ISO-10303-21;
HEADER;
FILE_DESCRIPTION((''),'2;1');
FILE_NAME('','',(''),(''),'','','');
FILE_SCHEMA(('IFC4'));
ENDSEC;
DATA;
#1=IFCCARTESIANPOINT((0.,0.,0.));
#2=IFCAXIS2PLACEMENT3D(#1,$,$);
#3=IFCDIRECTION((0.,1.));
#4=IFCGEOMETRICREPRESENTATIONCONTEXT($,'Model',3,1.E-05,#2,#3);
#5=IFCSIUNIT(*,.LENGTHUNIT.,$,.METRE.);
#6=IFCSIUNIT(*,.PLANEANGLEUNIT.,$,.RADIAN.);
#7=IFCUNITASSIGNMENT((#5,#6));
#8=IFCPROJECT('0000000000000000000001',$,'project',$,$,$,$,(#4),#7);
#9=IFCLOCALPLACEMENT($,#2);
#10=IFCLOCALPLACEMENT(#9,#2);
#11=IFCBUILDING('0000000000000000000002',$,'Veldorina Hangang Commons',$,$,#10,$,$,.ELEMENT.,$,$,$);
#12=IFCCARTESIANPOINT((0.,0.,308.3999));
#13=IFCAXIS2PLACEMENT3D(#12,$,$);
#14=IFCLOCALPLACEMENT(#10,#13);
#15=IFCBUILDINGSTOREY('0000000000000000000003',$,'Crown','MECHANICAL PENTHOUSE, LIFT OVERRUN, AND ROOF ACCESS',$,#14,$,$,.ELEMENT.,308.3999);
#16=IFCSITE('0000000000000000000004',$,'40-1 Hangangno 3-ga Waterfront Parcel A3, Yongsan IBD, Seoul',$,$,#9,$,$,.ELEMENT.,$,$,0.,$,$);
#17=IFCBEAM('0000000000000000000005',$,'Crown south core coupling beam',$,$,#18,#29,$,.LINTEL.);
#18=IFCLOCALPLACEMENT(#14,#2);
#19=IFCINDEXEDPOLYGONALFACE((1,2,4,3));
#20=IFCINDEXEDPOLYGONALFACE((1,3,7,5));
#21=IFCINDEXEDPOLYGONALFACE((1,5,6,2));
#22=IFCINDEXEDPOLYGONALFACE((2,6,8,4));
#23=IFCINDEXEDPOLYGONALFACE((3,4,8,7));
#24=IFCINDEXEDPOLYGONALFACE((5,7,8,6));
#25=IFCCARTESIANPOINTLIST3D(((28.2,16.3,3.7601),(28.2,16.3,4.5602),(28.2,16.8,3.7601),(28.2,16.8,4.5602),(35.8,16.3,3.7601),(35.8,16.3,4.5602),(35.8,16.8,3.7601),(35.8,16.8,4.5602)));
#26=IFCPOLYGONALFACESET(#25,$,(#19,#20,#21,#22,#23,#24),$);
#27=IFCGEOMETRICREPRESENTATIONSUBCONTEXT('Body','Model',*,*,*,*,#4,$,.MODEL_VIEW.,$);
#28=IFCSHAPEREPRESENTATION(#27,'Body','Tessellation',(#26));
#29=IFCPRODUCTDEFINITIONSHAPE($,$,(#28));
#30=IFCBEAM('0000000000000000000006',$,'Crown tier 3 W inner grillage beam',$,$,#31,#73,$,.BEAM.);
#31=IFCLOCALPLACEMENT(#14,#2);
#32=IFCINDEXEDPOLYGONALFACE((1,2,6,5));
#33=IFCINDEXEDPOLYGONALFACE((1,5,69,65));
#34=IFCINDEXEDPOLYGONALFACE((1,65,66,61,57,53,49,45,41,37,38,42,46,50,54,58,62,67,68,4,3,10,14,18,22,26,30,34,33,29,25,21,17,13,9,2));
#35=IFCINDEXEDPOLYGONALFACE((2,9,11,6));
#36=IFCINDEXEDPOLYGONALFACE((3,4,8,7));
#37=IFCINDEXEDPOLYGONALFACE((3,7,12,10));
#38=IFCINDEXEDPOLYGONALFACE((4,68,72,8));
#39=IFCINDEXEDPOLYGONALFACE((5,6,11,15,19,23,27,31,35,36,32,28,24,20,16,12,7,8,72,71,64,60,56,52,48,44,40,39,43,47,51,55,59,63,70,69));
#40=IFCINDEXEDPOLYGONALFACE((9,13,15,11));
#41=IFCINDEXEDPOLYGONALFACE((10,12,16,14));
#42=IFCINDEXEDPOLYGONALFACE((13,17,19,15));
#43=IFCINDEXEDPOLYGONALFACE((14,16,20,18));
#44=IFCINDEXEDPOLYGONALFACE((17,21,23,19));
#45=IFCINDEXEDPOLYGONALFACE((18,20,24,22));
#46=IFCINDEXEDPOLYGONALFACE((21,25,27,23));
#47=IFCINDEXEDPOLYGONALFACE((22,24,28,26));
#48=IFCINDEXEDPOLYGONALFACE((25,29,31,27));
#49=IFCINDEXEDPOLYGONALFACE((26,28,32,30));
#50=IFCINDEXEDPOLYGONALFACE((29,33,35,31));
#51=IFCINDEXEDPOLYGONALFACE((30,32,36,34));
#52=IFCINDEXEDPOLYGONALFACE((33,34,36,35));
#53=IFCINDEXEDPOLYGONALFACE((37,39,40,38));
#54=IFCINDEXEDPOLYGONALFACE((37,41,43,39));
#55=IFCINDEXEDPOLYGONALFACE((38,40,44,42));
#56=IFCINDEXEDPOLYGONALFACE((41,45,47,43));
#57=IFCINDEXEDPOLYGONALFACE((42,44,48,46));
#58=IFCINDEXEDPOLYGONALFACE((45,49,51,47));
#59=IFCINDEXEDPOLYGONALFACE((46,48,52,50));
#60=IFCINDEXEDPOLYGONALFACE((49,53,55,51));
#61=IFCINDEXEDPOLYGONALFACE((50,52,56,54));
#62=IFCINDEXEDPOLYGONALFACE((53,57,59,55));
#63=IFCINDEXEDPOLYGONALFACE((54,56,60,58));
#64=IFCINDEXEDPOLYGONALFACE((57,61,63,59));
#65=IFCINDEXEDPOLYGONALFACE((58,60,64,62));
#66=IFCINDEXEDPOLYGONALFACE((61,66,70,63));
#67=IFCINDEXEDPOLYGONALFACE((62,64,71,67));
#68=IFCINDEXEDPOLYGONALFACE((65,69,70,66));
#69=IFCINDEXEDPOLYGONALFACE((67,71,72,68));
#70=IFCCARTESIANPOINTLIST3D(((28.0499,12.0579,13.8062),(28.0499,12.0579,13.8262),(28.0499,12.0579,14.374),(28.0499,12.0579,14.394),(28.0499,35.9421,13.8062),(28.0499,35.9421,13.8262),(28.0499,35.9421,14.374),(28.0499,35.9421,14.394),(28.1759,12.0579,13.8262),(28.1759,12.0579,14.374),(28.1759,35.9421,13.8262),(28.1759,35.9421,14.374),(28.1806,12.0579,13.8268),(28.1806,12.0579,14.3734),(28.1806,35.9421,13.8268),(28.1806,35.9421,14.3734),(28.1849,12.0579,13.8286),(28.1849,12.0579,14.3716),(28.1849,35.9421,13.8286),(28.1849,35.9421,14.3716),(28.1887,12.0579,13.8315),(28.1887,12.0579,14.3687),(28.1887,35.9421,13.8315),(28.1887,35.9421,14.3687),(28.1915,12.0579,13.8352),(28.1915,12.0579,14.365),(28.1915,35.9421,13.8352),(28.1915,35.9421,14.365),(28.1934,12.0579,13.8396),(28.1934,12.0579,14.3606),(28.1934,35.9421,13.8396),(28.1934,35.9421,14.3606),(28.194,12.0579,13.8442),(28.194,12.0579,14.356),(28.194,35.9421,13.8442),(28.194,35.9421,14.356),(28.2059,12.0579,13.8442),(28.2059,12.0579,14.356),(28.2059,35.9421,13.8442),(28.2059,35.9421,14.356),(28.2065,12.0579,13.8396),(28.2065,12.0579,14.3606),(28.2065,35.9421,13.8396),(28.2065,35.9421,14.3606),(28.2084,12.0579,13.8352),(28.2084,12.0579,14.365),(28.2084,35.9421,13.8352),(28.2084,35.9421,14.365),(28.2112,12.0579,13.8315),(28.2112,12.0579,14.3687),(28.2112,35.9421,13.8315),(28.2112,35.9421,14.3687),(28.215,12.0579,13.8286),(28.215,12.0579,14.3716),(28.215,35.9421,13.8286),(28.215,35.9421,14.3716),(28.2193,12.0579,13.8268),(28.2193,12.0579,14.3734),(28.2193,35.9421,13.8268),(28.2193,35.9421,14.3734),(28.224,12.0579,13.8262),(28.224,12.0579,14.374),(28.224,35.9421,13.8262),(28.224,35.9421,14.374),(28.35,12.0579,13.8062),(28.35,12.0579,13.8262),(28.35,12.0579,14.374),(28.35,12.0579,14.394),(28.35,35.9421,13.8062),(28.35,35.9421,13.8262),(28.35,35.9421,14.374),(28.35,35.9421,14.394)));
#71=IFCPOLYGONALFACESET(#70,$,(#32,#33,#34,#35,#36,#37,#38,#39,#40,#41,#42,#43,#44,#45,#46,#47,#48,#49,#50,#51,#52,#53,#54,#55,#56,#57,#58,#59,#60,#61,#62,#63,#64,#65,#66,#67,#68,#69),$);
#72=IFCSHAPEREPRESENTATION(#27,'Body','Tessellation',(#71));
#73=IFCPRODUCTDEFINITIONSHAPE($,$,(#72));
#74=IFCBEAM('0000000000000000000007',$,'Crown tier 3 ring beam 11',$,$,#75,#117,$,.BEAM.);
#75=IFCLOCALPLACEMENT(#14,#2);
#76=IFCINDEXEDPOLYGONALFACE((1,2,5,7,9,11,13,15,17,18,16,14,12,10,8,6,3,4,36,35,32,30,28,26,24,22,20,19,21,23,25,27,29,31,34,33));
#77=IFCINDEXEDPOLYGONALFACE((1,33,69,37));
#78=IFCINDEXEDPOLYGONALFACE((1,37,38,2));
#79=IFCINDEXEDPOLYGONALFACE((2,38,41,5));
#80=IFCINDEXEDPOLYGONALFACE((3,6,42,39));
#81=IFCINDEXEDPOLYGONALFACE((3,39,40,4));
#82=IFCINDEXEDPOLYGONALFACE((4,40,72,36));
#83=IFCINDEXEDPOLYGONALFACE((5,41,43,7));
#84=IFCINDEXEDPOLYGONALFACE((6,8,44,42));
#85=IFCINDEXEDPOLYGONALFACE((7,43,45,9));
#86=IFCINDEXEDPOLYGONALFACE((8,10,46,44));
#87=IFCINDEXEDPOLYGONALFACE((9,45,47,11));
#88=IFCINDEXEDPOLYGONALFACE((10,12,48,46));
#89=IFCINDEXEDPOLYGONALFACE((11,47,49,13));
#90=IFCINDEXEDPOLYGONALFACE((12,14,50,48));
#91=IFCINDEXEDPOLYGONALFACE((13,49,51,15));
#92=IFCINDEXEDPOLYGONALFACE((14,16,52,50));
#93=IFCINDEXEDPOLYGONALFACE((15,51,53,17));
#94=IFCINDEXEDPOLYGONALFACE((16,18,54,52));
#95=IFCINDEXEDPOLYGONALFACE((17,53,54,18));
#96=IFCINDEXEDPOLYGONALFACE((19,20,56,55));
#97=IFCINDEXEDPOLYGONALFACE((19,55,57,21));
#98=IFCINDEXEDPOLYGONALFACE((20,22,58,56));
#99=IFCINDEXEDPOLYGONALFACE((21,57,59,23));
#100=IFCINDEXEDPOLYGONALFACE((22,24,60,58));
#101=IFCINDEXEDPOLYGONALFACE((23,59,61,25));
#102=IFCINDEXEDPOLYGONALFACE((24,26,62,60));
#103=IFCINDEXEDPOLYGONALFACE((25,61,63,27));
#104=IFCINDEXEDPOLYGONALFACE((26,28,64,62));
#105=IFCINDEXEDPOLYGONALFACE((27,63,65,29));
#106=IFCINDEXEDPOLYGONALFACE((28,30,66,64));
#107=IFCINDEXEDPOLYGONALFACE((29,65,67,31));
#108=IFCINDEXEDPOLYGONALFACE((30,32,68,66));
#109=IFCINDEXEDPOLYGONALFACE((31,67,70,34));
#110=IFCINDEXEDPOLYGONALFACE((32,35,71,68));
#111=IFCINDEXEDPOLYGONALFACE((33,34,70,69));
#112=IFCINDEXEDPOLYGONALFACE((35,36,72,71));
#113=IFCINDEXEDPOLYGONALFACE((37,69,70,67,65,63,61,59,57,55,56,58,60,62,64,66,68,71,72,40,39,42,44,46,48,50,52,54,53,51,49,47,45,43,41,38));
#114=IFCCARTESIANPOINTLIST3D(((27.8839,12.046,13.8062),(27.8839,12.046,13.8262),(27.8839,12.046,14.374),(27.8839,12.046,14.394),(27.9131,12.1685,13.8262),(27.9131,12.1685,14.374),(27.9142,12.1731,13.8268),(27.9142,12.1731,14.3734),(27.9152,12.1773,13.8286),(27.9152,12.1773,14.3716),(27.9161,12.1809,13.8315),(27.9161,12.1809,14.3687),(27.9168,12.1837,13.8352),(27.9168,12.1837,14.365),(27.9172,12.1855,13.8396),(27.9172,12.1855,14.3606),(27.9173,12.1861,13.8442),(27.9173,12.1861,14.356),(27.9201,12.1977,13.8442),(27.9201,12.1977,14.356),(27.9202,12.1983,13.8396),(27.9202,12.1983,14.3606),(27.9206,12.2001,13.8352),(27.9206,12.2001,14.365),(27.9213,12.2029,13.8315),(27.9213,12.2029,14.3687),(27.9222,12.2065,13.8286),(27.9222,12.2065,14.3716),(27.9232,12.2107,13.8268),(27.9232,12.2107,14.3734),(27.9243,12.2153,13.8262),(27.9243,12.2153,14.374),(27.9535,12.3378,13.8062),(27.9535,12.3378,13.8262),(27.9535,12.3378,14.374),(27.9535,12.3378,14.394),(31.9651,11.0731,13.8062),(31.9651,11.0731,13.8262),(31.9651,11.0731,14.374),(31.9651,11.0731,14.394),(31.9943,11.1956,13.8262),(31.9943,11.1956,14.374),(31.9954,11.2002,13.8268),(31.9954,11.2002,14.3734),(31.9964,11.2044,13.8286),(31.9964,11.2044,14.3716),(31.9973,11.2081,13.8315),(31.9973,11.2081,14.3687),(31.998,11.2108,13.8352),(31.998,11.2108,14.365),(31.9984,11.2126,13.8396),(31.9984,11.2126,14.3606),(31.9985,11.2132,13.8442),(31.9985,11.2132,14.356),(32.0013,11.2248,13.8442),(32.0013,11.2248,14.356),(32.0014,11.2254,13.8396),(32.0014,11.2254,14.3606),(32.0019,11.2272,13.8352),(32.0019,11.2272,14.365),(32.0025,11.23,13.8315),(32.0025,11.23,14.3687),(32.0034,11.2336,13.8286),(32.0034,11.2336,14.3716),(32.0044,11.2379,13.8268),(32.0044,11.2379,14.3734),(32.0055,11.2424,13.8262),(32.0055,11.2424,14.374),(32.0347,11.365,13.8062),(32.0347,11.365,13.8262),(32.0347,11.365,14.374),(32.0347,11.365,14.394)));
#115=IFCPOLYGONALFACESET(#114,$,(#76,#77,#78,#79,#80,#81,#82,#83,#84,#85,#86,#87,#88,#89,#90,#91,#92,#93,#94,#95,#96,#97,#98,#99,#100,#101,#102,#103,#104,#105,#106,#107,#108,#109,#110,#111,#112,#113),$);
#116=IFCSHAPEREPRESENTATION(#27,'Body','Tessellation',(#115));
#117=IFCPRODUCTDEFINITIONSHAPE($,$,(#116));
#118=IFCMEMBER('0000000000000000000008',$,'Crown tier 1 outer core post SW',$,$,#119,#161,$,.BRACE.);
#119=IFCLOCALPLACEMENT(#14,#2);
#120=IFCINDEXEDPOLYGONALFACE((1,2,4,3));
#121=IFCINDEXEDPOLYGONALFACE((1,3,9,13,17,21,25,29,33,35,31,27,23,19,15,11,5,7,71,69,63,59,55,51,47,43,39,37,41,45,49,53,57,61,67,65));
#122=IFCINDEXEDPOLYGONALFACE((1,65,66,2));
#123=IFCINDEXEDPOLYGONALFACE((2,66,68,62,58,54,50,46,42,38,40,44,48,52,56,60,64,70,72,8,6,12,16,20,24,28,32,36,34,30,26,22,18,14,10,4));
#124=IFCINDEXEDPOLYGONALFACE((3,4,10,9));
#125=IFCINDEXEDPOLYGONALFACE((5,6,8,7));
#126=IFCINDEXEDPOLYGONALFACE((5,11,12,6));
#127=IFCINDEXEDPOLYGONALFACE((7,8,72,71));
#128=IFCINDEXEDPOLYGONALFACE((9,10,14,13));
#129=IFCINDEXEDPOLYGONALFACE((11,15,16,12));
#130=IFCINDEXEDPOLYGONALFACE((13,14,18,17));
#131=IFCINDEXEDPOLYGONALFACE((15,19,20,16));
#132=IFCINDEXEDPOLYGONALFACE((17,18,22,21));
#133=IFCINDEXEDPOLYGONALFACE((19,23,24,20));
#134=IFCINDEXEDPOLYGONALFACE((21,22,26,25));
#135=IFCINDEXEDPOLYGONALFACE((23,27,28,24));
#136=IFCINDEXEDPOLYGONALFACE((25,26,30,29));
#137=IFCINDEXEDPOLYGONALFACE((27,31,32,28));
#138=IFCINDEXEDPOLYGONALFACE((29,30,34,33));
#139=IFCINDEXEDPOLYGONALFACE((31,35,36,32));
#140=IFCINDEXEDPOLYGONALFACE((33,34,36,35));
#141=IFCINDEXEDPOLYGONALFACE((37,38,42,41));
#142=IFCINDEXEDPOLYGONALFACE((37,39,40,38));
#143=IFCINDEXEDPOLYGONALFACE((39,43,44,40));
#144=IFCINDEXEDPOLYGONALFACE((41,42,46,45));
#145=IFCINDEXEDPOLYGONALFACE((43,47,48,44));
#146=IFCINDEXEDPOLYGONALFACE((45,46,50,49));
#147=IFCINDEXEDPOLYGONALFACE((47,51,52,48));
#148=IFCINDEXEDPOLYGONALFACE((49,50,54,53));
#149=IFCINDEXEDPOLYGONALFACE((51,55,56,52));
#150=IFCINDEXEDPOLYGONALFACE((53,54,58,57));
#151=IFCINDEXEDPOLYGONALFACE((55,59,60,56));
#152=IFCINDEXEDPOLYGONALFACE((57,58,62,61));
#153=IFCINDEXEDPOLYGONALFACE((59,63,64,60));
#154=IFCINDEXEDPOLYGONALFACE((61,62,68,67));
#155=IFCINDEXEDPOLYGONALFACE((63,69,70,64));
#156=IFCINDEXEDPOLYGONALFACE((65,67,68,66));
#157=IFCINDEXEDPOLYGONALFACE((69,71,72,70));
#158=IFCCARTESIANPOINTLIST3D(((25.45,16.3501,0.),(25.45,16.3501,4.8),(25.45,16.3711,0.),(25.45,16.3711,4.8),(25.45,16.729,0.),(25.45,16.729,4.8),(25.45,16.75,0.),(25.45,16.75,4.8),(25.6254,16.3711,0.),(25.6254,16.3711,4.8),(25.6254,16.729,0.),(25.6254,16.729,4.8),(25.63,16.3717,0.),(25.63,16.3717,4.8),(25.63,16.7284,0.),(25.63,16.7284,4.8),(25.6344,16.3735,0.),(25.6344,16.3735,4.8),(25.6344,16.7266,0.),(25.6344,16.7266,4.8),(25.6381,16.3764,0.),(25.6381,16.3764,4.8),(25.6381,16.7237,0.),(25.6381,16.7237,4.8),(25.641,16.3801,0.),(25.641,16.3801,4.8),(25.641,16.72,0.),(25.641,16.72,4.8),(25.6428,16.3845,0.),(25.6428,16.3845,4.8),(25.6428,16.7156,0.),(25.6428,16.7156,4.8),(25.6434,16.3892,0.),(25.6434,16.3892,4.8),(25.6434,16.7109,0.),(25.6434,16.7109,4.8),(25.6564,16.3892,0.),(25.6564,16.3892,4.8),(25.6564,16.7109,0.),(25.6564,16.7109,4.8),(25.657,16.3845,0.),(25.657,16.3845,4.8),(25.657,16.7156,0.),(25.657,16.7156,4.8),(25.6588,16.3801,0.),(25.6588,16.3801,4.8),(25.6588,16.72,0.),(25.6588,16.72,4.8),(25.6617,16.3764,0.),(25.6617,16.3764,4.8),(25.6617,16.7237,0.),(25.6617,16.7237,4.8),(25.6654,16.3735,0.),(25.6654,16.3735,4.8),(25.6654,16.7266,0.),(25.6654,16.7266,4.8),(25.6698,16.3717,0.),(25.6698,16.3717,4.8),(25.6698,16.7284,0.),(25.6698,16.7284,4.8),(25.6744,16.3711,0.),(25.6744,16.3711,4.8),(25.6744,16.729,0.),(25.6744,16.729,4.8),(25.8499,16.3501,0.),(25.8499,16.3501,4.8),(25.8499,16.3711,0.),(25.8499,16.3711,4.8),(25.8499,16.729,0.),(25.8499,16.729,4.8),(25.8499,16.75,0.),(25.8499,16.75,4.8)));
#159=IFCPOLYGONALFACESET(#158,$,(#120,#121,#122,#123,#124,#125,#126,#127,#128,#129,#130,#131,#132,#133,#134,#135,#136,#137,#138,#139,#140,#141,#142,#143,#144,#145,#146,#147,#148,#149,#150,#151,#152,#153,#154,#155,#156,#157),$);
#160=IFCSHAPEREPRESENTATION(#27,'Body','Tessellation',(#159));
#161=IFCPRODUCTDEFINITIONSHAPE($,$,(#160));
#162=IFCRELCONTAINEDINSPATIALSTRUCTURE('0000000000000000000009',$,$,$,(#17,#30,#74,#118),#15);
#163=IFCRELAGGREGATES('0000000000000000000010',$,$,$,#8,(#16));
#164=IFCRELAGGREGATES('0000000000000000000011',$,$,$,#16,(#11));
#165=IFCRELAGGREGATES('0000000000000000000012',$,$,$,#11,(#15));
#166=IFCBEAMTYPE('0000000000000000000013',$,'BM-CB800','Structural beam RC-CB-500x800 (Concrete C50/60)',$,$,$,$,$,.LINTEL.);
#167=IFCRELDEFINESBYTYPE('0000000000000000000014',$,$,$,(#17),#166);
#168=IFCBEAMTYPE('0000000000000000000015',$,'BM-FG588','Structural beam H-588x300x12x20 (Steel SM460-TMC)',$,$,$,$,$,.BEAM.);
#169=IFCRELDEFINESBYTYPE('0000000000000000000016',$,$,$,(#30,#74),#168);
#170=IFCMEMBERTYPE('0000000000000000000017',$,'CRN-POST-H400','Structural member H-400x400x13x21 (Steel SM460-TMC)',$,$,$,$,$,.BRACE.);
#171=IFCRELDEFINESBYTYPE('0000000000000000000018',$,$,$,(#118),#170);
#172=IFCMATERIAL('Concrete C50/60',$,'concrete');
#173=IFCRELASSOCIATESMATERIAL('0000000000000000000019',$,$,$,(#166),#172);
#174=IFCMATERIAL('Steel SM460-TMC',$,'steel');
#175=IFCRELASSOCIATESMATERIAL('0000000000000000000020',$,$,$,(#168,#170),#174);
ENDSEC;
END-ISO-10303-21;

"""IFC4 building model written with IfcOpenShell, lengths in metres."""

from ifc_helpers import new_model, si_unit, direction, frame, origin, origin_2d, place, context, subcontext, project, spatial, rectangle, i_section, extrude, material, material_profile, profile_set, type_object, element, save


model = new_model("IFC4")

# Units and contexts
model_context = context("Model", 3, precision=1e-05, world=origin(), true_north=direction((0.0, 1.0)))
body_context = subcontext(model_context, "Body", "Model", "MODEL_VIEW")
ifc_project = project(units=[si_unit("LENGTHUNIT", "METRE"), si_unit("PLANEANGLEUNIT", "RADIAN")], contexts=[model_context])

# Site, building, storey
site_placement = place(None, origin())
site = spatial("IfcSite", under=ifc_project, at=site_placement, Name="40-1 Hangangno 3-ga Waterfront Parcel A3, Yongsan IBD, Seoul", CompositionType="ELEMENT", RefElevation=0.0)
building_placement = place(site_placement, origin())
building = spatial("IfcBuilding", under=site, at=building_placement, Name="Veldorina Hangang Commons", CompositionType="ELEMENT")
storey_placement = place(building_placement, frame((0.0, 0.0, 308.3999)))
storey = spatial("IfcBuildingStorey", under=building, at=storey_placement, Name="Crown", Description="MECHANICAL PENTHOUSE, LIFT OVERRUN, AND ROOF ACCESS", CompositionType="ELEMENT", Elevation=308.3999)

# Beams
ifc_material_1 = material(Name="Concrete C50/60", Category="concrete")
ifc_material_profile_1 = material_profile(ifc_material_1, rectangle(XDim=0.5, YDim=0.8, at=origin_2d()), Name="RC-CB-500x800")
ifc_profile_set_1 = profile_set([ifc_material_profile_1], Name="Concrete C50/60")
beam_type_1 = type_object("IfcBeamType", Name="BM-CB800", Description="Structural beam RC-CB-500x800 (Concrete C50/60)", PredefinedType="LINTEL", material=ifc_profile_set_1)
beam_1_placement = place(storey_placement, frame((28.2, 16.55, 4.1602), z_axis=(1.0, 0.0, 0.0), x_axis=(0.0, 1.0, 0.0)))
element("IfcBeam", 1, at=beam_1_placement, inside=storey, type_object=beam_type_1, Name="Crown south core coupling beam", PredefinedType="LINTEL", context=body_context, shape_type="SweptSolid", body=[
    extrude(rectangle(XDim=0.5, YDim=0.8, at=origin_2d()), origin(), (0.0, 0.0, 1.0), 7.6001),
])
ifc_material_2 = material(Name="Steel SM460-TMC", Category="steel")
ifc_material_profile_2 = material_profile(ifc_material_2, i_section(OverallWidth=0.3, OverallDepth=0.5879, WebThickness=0.012, FlangeThickness=0.02, FilletRadius=0.0181, at=origin_2d()), Name="H-588x300x12x20")
ifc_profile_set_2 = profile_set([ifc_material_profile_2], Name="Steel SM460-TMC")
beam_type_2 = type_object("IfcBeamType", Name="BM-FG588", Description="Structural beam H-588x300x12x20 (Steel SM460-TMC)", PredefinedType="BEAM", material=ifc_profile_set_2)
beam_2_placement = place(storey_placement, frame((28.2, 12.0579, 14.1001), z_axis=(0.0, 1.0, 0.0), x_axis=(-1.0, 0.0, 0.0)))
element("IfcBeam", 2, at=beam_2_placement, inside=storey, type_object=beam_type_2, Name="Crown tier 3 W inner grillage beam", PredefinedType="BEAM", context=body_context, shape_type="SweptSolid", body=[
    extrude(i_section(OverallWidth=0.3, OverallDepth=0.5879, WebThickness=0.012, FlangeThickness=0.02, FilletRadius=0.0181, at=origin_2d()), origin(), (0.0, 0.0, 1.0), 23.8843),
])
beam_3_placement = place(storey_placement, frame((27.9187, 12.1919, 14.1001), z_axis=(0.972744, -0.231883, 0.0), x_axis=(0.231883, 0.972744, 0.0)))
element("IfcBeam", 3, at=beam_3_placement, inside=storey, type_object=beam_type_2, Name="Crown tier 3 ring beam 11", PredefinedType="BEAM", context=body_context, shape_type="SweptSolid", body=[
    extrude(i_section(OverallWidth=0.3, OverallDepth=0.5879, WebThickness=0.012, FlangeThickness=0.02, FilletRadius=0.0181, at=origin_2d()), origin(), (0.0, 0.0, 1.0), 4.1956),
])

# Member
ifc_material_profile_3 = material_profile(ifc_material_2, i_section(OverallWidth=0.3999, OverallDepth=0.3999, WebThickness=0.0129, FlangeThickness=0.021, FilletRadius=0.0181, at=origin_2d()), Name="H-400x400x13x21")
ifc_profile_set_3 = profile_set([ifc_material_profile_3], Name="Steel SM460-TMC")
member_type_1 = type_object("IfcMemberType", Name="CRN-POST-H400", Description="Structural member H-400x400x13x21 (Steel SM460-TMC)", PredefinedType="BRACE", material=ifc_profile_set_3)
for number, where, z_axis, x_axis, name in (
    (4, (25.6499, 16.55, 0.0), (0.0, 0.0, 1.0), (1.0, 0.0, 0.0), "Crown tier 1 outer core post SW"),
):
    element("IfcMember", number, at=place(storey_placement, frame(where, z_axis=z_axis, x_axis=x_axis)), inside=storey, type_object=member_type_1, Name=name, PredefinedType="BRACE", context=body_context, shape_type="SweptSolid", body=[
        extrude(i_section(OverallWidth=0.3999, OverallDepth=0.3999, WebThickness=0.0129, FlangeThickness=0.021, FilletRadius=0.0181, at=origin_2d()), origin(), (0.0, 0.0, 1.0), 4.8),
    ])

save(model, "model.ifc")
